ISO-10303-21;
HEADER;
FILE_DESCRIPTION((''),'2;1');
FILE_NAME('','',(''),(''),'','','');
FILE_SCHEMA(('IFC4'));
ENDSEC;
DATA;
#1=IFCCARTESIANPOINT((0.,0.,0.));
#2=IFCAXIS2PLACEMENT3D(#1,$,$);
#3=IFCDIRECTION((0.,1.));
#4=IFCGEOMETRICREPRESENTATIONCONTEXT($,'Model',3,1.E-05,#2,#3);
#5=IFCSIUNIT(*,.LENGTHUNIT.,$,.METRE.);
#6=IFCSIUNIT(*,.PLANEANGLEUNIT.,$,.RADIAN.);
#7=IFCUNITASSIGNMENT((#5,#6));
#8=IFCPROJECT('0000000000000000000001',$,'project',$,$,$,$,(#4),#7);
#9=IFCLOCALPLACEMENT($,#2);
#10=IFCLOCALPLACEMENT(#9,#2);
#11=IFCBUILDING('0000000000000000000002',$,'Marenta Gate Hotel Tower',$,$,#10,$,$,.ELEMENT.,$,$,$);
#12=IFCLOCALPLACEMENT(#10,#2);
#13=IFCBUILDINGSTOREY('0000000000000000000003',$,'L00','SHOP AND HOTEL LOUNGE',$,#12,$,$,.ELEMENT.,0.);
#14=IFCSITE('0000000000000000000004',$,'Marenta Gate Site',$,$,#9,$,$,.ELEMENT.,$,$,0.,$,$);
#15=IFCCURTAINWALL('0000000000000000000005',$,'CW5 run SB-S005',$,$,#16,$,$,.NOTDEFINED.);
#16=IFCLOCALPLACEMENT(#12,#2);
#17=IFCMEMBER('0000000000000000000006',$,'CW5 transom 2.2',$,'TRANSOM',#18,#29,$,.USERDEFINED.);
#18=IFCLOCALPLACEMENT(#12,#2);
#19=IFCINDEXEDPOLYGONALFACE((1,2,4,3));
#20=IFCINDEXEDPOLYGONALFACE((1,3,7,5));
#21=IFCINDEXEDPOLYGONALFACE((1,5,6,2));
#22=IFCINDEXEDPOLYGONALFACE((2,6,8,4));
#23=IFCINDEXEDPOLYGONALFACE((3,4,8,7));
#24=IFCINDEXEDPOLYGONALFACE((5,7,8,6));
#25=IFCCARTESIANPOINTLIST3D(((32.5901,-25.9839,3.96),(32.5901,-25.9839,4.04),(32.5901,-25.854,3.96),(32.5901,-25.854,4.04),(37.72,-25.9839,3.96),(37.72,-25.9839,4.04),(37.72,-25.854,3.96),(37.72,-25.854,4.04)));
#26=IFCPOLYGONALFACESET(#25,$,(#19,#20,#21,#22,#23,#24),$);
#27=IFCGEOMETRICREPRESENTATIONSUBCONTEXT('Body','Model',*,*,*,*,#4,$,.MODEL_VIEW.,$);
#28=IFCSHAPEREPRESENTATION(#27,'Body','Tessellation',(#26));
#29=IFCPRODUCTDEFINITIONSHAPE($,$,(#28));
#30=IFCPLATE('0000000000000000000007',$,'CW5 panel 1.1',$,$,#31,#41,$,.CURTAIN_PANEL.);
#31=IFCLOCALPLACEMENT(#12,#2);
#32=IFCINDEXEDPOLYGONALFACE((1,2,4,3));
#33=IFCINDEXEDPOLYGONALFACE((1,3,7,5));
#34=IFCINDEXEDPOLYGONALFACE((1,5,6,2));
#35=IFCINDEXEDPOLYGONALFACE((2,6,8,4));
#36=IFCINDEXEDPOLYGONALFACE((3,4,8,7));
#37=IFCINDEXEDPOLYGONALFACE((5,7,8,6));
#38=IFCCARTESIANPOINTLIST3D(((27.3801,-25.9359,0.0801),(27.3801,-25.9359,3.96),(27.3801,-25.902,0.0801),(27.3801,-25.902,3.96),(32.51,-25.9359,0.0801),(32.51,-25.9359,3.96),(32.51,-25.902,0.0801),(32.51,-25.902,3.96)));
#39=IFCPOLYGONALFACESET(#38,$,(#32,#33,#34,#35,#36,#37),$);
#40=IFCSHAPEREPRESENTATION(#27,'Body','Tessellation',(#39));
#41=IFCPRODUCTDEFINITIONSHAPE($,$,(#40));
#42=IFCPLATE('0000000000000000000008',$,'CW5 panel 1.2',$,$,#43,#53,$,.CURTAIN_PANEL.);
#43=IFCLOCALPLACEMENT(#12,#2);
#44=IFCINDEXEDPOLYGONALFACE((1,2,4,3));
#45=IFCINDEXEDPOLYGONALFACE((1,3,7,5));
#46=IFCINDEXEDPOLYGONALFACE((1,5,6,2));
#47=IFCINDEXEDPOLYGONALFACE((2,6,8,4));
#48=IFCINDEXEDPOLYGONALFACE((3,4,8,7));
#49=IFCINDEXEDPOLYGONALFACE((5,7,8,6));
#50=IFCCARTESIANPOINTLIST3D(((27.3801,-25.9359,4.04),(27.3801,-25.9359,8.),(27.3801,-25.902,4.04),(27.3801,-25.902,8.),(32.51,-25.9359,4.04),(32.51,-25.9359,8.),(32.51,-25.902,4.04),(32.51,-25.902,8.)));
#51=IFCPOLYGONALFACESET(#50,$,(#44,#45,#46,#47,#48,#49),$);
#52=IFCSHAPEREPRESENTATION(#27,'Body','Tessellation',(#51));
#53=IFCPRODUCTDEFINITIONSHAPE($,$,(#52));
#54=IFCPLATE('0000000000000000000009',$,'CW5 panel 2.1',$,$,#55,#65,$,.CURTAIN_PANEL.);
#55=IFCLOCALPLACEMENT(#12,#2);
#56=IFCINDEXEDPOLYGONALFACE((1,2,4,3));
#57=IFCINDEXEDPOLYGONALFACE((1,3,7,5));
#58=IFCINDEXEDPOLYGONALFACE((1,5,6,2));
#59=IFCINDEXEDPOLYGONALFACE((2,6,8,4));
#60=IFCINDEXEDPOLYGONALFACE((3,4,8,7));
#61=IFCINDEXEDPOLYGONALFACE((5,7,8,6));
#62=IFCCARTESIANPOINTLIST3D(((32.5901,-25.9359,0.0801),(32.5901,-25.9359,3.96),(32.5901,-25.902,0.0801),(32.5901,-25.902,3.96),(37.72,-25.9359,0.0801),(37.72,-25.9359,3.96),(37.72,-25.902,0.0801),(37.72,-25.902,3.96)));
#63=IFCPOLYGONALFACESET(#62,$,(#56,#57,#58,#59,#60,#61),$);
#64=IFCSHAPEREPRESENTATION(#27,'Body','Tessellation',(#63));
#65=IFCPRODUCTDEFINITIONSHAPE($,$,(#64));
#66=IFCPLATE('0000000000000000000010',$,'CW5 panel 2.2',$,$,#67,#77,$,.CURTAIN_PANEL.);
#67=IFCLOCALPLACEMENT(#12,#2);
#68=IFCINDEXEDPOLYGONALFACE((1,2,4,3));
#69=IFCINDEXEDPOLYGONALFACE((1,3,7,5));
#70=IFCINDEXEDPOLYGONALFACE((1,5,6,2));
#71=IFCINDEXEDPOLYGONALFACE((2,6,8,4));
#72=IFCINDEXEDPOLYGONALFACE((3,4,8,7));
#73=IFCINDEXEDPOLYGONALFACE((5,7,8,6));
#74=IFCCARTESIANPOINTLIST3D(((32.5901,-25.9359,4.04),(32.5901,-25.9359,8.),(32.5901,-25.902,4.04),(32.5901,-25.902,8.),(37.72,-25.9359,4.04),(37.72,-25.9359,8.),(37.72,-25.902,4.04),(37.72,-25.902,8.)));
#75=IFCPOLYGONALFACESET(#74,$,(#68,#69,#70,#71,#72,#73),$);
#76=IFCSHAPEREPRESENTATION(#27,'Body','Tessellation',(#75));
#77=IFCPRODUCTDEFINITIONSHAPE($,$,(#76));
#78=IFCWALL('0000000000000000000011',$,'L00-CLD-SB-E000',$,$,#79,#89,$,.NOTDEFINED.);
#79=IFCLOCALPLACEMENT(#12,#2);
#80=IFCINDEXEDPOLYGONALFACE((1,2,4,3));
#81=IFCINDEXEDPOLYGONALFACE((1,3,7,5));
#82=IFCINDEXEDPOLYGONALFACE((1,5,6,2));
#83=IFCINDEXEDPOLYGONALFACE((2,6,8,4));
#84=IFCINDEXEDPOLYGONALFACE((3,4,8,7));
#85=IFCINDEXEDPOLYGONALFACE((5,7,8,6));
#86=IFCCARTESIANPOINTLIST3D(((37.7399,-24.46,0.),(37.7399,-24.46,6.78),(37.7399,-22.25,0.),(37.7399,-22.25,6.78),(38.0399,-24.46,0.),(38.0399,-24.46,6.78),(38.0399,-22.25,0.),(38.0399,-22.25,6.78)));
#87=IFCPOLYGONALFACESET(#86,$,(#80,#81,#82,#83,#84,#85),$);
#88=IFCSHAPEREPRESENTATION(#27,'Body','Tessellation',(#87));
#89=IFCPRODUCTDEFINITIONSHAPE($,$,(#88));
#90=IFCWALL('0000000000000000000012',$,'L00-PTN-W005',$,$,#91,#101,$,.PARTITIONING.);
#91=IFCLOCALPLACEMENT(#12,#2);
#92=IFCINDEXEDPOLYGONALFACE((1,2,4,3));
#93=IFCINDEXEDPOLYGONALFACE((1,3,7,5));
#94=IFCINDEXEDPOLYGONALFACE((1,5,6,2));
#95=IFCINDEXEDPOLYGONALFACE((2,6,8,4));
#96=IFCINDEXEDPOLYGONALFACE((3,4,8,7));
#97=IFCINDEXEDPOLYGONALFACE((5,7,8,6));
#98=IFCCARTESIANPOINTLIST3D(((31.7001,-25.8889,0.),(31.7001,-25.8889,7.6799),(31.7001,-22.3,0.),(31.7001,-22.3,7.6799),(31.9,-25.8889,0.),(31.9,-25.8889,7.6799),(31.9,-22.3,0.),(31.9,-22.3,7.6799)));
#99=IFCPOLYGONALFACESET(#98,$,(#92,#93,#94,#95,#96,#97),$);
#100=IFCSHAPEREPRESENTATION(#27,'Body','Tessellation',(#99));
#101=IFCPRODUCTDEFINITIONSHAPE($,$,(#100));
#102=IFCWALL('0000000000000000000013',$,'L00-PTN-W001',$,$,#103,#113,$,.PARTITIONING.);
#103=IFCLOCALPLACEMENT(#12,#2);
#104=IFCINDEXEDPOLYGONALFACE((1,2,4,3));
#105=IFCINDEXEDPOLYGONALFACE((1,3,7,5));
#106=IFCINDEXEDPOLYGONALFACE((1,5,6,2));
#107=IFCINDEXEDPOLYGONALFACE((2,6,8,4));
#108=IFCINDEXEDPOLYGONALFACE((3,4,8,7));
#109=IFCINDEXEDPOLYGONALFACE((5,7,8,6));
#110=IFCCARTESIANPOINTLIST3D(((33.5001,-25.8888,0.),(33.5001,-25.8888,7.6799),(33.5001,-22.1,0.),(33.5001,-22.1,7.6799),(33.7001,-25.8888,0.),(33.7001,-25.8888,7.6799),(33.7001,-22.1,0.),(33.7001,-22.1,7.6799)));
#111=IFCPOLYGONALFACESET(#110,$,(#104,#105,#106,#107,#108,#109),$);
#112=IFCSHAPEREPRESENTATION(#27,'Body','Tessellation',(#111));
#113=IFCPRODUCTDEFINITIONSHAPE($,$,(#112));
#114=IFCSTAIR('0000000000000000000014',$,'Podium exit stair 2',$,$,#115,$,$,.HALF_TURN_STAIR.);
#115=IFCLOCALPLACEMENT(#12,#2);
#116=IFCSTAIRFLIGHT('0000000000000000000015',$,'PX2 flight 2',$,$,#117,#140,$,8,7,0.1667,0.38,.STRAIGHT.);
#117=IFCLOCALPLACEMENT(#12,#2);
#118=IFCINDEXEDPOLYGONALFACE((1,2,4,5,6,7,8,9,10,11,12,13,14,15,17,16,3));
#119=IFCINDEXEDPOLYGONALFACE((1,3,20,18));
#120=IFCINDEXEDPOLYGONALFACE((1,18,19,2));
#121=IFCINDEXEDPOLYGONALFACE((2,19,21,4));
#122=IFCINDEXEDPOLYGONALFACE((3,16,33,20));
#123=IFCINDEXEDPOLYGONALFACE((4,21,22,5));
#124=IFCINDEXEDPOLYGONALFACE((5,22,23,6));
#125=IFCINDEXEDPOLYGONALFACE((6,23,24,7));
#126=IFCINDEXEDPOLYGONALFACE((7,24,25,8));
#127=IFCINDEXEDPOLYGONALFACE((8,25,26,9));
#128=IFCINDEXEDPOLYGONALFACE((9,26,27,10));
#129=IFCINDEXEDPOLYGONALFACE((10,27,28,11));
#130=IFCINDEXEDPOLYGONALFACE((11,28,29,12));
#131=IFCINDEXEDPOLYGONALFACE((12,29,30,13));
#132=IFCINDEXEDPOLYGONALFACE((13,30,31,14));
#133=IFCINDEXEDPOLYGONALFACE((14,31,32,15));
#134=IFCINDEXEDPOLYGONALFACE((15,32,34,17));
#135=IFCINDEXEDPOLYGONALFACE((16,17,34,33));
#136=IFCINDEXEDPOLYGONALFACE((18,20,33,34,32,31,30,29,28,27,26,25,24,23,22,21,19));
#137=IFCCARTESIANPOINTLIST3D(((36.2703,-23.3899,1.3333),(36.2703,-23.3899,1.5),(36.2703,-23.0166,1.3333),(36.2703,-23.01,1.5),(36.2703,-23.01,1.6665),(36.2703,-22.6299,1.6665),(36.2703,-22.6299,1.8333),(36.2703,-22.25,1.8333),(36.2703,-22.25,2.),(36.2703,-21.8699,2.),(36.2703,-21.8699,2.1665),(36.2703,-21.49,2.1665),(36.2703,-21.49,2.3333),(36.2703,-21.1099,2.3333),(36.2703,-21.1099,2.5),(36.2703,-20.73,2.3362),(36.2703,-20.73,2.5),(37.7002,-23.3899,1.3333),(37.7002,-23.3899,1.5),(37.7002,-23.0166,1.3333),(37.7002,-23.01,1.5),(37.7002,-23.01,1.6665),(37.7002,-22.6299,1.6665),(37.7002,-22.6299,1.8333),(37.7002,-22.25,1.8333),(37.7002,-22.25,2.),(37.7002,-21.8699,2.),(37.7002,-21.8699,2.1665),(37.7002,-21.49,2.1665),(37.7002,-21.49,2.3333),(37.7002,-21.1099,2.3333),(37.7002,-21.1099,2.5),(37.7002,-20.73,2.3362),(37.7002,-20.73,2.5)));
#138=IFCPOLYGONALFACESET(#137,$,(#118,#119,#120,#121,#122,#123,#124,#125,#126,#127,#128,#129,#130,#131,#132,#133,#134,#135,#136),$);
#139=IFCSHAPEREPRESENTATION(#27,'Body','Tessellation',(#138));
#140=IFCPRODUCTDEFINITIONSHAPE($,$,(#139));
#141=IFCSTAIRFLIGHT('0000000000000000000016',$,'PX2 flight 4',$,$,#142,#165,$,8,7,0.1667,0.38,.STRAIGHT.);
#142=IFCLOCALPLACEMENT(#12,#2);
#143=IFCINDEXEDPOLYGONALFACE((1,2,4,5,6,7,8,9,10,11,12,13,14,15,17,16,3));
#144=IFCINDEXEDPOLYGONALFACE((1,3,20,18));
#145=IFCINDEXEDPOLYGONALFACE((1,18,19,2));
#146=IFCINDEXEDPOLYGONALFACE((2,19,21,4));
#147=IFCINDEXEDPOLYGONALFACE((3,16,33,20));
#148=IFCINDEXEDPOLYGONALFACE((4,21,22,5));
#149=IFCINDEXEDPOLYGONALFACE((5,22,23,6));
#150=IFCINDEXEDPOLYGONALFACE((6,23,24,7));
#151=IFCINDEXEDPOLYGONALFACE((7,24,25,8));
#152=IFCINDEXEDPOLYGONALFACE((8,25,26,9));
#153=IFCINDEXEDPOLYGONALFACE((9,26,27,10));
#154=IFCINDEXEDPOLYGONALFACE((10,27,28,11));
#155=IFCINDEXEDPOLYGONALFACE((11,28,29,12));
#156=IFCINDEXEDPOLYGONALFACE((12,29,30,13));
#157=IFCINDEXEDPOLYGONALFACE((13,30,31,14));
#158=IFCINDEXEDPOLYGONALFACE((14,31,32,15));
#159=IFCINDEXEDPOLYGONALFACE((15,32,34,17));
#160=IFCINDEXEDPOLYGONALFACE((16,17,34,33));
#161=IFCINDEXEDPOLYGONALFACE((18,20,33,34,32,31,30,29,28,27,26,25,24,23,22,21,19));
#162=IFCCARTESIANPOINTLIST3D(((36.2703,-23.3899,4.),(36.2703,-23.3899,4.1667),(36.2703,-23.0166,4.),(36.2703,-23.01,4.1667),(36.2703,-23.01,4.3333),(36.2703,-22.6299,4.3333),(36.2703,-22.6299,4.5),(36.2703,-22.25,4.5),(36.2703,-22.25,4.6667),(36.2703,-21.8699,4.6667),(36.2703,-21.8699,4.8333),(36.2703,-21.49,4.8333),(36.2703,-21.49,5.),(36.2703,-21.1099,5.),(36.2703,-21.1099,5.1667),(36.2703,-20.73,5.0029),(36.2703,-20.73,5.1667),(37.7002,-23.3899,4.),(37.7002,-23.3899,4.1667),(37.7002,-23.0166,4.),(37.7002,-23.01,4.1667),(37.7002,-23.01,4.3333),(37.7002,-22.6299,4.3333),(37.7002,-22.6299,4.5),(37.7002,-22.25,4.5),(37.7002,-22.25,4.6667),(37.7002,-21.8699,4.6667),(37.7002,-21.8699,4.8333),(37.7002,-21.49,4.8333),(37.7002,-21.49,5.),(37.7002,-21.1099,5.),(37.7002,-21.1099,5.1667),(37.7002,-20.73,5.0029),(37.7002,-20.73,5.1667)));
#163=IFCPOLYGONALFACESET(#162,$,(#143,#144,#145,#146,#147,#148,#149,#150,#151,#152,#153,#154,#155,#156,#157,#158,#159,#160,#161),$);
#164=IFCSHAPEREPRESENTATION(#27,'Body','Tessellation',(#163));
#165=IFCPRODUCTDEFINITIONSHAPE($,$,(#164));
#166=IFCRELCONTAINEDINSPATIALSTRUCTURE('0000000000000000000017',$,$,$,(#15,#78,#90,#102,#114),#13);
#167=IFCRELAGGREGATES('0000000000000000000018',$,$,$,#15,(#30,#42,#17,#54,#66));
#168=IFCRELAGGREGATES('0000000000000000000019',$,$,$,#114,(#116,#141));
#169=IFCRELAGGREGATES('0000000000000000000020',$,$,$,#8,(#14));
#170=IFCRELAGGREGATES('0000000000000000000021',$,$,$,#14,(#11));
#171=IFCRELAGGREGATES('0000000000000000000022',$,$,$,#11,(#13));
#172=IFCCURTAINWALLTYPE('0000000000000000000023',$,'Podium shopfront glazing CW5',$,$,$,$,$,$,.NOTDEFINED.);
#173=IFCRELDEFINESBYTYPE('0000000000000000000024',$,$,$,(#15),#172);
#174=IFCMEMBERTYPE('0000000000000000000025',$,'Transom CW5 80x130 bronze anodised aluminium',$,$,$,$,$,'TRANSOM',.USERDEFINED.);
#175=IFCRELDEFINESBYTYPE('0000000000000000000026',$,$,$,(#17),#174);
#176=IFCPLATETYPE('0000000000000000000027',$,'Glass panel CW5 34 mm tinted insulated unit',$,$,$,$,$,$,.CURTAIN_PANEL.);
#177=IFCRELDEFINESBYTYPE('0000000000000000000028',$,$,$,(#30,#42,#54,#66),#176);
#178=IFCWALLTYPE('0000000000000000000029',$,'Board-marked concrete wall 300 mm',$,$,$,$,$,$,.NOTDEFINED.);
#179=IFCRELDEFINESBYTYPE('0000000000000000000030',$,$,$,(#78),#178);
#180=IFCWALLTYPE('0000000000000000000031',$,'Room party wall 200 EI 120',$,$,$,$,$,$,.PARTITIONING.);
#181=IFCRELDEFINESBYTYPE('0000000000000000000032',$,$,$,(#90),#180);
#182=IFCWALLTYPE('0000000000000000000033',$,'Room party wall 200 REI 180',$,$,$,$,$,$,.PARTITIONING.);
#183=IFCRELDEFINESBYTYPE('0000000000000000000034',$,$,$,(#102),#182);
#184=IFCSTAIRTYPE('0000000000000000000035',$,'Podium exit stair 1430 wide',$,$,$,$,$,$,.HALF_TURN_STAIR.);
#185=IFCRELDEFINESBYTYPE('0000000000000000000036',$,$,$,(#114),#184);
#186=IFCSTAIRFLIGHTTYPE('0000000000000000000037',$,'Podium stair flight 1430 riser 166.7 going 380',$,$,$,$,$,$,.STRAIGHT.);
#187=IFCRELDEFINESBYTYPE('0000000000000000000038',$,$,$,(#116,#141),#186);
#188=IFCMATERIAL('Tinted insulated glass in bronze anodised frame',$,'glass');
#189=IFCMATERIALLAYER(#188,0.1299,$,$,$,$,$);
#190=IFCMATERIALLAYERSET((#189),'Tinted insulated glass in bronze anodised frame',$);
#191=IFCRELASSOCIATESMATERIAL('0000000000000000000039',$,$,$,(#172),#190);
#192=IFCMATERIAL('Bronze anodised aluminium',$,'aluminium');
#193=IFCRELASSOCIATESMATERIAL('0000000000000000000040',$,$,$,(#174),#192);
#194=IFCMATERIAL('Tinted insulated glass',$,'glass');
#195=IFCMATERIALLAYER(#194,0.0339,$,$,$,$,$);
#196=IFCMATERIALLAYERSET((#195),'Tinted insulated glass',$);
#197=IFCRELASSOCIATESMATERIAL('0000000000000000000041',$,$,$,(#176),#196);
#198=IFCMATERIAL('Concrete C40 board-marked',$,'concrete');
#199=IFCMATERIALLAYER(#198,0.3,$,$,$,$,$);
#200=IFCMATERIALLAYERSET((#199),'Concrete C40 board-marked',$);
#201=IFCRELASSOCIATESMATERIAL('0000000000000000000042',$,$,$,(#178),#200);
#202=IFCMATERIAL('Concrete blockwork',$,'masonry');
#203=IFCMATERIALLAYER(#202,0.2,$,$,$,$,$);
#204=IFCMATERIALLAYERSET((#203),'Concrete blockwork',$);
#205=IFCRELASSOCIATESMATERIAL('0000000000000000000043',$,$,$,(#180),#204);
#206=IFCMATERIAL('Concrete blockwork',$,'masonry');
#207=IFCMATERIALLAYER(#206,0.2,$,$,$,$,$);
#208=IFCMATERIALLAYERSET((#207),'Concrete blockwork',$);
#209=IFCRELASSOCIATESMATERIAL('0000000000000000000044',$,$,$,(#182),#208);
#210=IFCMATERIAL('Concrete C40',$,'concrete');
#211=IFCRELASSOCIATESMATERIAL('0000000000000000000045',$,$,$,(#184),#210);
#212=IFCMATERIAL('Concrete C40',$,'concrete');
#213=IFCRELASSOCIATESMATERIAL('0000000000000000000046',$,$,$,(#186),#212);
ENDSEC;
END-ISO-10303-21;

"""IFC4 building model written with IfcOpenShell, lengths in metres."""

from ifc_helpers import new_model, si_unit, direction, frame, frame_2d, origin, origin_2d, place, context, subcontext, project, spatial, polyline, rectangle, outline, extrude, material, layer, layer_set, material_profile, profile_set, type_object, element, aggregate, save


model = new_model("IFC4")

# Units and contexts
model_context = context("Model", 3, precision=1e-05, world=origin(), true_north=direction((0.0, 1.0)))
body_context = subcontext(model_context, "Body", "Model", "MODEL_VIEW")
ifc_project = project(units=[si_unit("LENGTHUNIT", "METRE"), si_unit("PLANEANGLEUNIT", "RADIAN")], contexts=[model_context])

# Site, building, storey
site_placement = place(None, origin())
site = spatial("IfcSite", under=ifc_project, at=site_placement, Name="Marenta Gate Site", CompositionType="ELEMENT", RefElevation=0.0)
building_placement = place(site_placement, origin())
building = spatial("IfcBuilding", under=site, at=building_placement, Name="Marenta Gate Hotel Tower", CompositionType="ELEMENT")
storey_placement = place(building_placement, origin())
storey = spatial("IfcBuildingStorey", under=building, at=storey_placement, Name="L00", Description="SHOP AND HOTEL LOUNGE", CompositionType="ELEMENT", Elevation=0.0)

# Curtain wall
ifc_material_1 = material(Name="Tinted insulated glass in bronze anodised frame", Category="glass")
ifc_layer_1 = layer(ifc_material_1, 0.1299)
ifc_layer_set_1 = layer_set([ifc_layer_1], Name="Tinted insulated glass in bronze anodised frame")
curtain_wall_type = type_object("IfcCurtainWallType", Name="Podium shopfront glazing CW5", PredefinedType="NOTDEFINED", material=ifc_layer_set_1)
curtain_wall_placement = place(storey_placement, origin())
curtain_wall = element("IfcCurtainWall", 1, at=curtain_wall_placement, inside=storey, type_object=curtain_wall_type, Name="CW5 run SB-S005", PredefinedType="NOTDEFINED")

# Member
ifc_material_2 = material(Name="Bronze anodised aluminium", Category="aluminium")
ifc_material_profile_1 = material_profile(ifc_material_2, rectangle(XDim=0.1299, YDim=0.0801, at=origin_2d()), Name="Transom CW5 80x130 bronze anodised aluminium")
ifc_profile_set_1 = profile_set([ifc_material_profile_1], Name="Bronze anodised aluminium")
member_type_1 = type_object("IfcMemberType", Name="Transom CW5 80x130 bronze anodised aluminium", ElementType="TRANSOM", PredefinedType="USERDEFINED", material=ifc_profile_set_1)
member_1_placement = place(storey_placement, frame((32.5901, -25.9189, 4.0), z_axis=(1.0, 0.0, 0.0), x_axis=(0.0, 1.0, 0.0)))
member_1 = element("IfcMember", 2, at=member_1_placement, type_object=member_type_1, Name="CW5 transom 2.2", ObjectType="TRANSOM", PredefinedType="USERDEFINED", context=body_context, shape_type="SweptSolid", body=[
    extrude(rectangle(XDim=0.1299, YDim=0.0801, at=origin_2d()), origin(), (0.0, 0.0, 1.0), 5.1299),
])

# Plates
ifc_material_3 = material(Name="Tinted insulated glass", Category="glass")
ifc_layer_2 = layer(ifc_material_3, 0.0339)
ifc_layer_set_2 = layer_set([ifc_layer_2], Name="Tinted insulated glass")
plate_type = type_object("IfcPlateType", Name="Glass panel CW5 34 mm tinted insulated unit", PredefinedType="CURTAIN_PANEL", material=ifc_layer_set_2)
plate_1_placement = place(storey_placement, frame((29.9451, -25.9189, 0.0801), z_axis=(0.0, 0.0, 1.0), x_axis=(1.0, 0.0, 0.0)))
plate_1 = element("IfcPlate", 3, at=plate_1_placement, type_object=plate_type, Name="CW5 panel 1.1", PredefinedType="CURTAIN_PANEL", context=body_context, shape_type="SweptSolid", body=[
    extrude(rectangle(XDim=5.1299, YDim=0.0339, at=origin_2d()), origin(), (0.0, 0.0, 1.0), 3.8799),
])
plate_2_placement = place(storey_placement, frame((29.9451, -25.9189, 4.04), z_axis=(0.0, 0.0, 1.0), x_axis=(1.0, 0.0, 0.0)))
plate_2 = element("IfcPlate", 4, at=plate_2_placement, type_object=plate_type, Name="CW5 panel 1.2", PredefinedType="CURTAIN_PANEL", context=body_context, shape_type="SweptSolid", body=[
    extrude(rectangle(XDim=5.1299, YDim=0.0339, at=origin_2d()), origin(), (0.0, 0.0, 1.0), 3.96),
])
plate_3_placement = place(storey_placement, frame((35.155, -25.9189, 0.0801), z_axis=(0.0, 0.0, 1.0), x_axis=(1.0, 0.0, 0.0)))
plate_3 = element("IfcPlate", 5, at=plate_3_placement, type_object=plate_type, Name="CW5 panel 2.1", PredefinedType="CURTAIN_PANEL", context=body_context, shape_type="SweptSolid", body=[
    extrude(rectangle(XDim=5.1299, YDim=0.0339, at=origin_2d()), origin(), (0.0, 0.0, 1.0), 3.8799),
])
plate_4_placement = place(storey_placement, frame((35.155, -25.9189, 4.04), z_axis=(0.0, 0.0, 1.0), x_axis=(1.0, 0.0, 0.0)))
plate_4 = element("IfcPlate", 6, at=plate_4_placement, type_object=plate_type, Name="CW5 panel 2.2", PredefinedType="CURTAIN_PANEL", context=body_context, shape_type="SweptSolid", body=[
    extrude(rectangle(XDim=5.1299, YDim=0.0339, at=origin_2d()), origin(), (0.0, 0.0, 1.0), 3.96),
])
aggregate(curtain_wall, [plate_1, plate_2, member_1, plate_3, plate_4])

# Wall
ifc_material_4 = material(Name="Concrete C40 board-marked", Category="concrete")
ifc_layer_3 = layer(ifc_material_4, 0.3)
ifc_layer_set_3 = layer_set([ifc_layer_3], Name="Concrete C40 board-marked")
wall_type_1 = type_object("IfcWallType", Name="Board-marked concrete wall 300 mm", PredefinedType="NOTDEFINED", material=ifc_layer_set_3)
wall_1_placement = place(storey_placement, frame((37.8899, -24.46, 0.0), z_axis=(0.0, 0.0, 1.0), x_axis=(0.0, 1.0, 0.0)))
element("IfcWall", 7, at=wall_1_placement, inside=storey, type_object=wall_type_1, Name="L00-CLD-SB-E000", PredefinedType="NOTDEFINED", context=body_context, shape_type="SweptSolid", body=[
    extrude(rectangle(XDim=2.21, YDim=0.3, at=frame_2d((1.105, 0.0))), origin(), (0.0, 0.0, 1.0), 6.78),
])

# Walls
ifc_material_5 = material(Name="Concrete blockwork", Category="masonry")
ifc_layer_4 = layer(ifc_material_5, 0.2)
ifc_layer_set_4 = layer_set([ifc_layer_4], Name="Concrete blockwork")
wall_type_2 = type_object("IfcWallType", Name="Room party wall 200 EI 120", PredefinedType="PARTITIONING", material=ifc_layer_set_4)
wall_2_placement = place(storey_placement, frame((31.8, -25.8889, 0.0), z_axis=(0.0, 0.0, 1.0), x_axis=(0.0, 1.0, 0.0)))
element("IfcWall", 8, at=wall_2_placement, inside=storey, type_object=wall_type_2, Name="L00-PTN-W005", PredefinedType="PARTITIONING", context=body_context, shape_type="SweptSolid", body=[
    extrude(rectangle(XDim=3.5889, YDim=0.2, at=frame_2d((1.7944, 0.0))), origin(), (0.0, 0.0, 1.0), 7.6799),
])
ifc_material_6 = material(Name="Concrete blockwork", Category="masonry")
ifc_layer_5 = layer(ifc_material_6, 0.2)
ifc_layer_set_5 = layer_set([ifc_layer_5], Name="Concrete blockwork")
wall_type_3 = type_object("IfcWallType", Name="Room party wall 200 REI 180", PredefinedType="PARTITIONING", material=ifc_layer_set_5)
wall_3_placement = place(storey_placement, frame((33.6001, -25.8889, 0.0), z_axis=(0.0, 0.0, 1.0), x_axis=(0.0, 1.0, 0.0)))
element("IfcWall", 9, at=wall_3_placement, inside=storey, type_object=wall_type_3, Name="L00-PTN-W001", PredefinedType="PARTITIONING", context=body_context, shape_type="SweptSolid", body=[
    extrude(rectangle(XDim=3.7888, YDim=0.2, at=frame_2d((1.8945, 0.0))), origin(), (0.0, 0.0, 1.0), 7.6799),
])

# Stair, stair flights
ifc_material_7 = material(Name="Concrete C40", Category="concrete")
stair_type = type_object("IfcStairType", Name="Podium exit stair 1430 wide", PredefinedType="HALF_TURN_STAIR", material=ifc_material_7)
stair_placement = place(storey_placement, origin())
stair = element("IfcStair", 10, at=stair_placement, inside=storey, type_object=stair_type, Name="Podium exit stair 2", PredefinedType="HALF_TURN_STAIR")
ifc_material_8 = material(Name="Concrete C40", Category="concrete")
stair_flight_type = type_object("IfcStairFlightType", Name="Podium stair flight 1430 riser 166.7 going 380", PredefinedType="STRAIGHT", material=ifc_material_8)
stair_flight_1_placement = place(storey_placement, frame((36.9851, -23.3899, 1.3333), z_axis=(0.0, 0.0, 1.0), x_axis=(0.0, 1.0, 0.0)))
stair_flight_1 = element("IfcStairFlight", 11, at=stair_flight_1_placement, type_object=stair_flight_type, Name="PX2 flight 2", NumberOfRisers=8, NumberOfTreads=7, PredefinedType="STRAIGHT", RiserHeight=0.1667, TreadLength=0.38, context=body_context, shape_type="SweptSolid", body=[
    extrude(outline(polyline([(0.0, 0.0), (0.0, 0.1667), (0.3799, 0.1667), (0.3799, 0.3333), (0.76, 0.3333), (0.76, 0.5), (1.1399, 0.5), (1.1399, 0.6667), (1.52, 0.6667), (1.52, 0.8333), (1.8999, 0.8333), (1.8999, 1.0), (2.28, 1.0), (2.28, 1.1667), (2.6599, 1.1667), (2.6599, 1.3333), (2.6599, 1.0029), (0.3733, 0.0), (0.0, 0.0)])), frame((0.0, 0.7148, 0.0), z_axis=(0.0, -1.0, 0.0), x_axis=(1.0, 0.0, 0.0)), (0.0, 0.0, 1.0), 1.4299),
])
stair_flight_2_placement = place(storey_placement, frame((36.9851, -23.3899, 4.0), z_axis=(0.0, 0.0, 1.0), x_axis=(0.0, 1.0, 0.0)))
stair_flight_2 = element("IfcStairFlight", 12, at=stair_flight_2_placement, type_object=stair_flight_type, Name="PX2 flight 4", NumberOfRisers=8, NumberOfTreads=7, PredefinedType="STRAIGHT", RiserHeight=0.1667, TreadLength=0.38, context=body_context, shape_type="SweptSolid", body=[
    extrude(outline(polyline([(0.0, 0.0), (0.0, 0.1667), (0.3799, 0.1667), (0.3799, 0.3333), (0.76, 0.3333), (0.76, 0.5), (1.1399, 0.5), (1.1399, 0.6667), (1.52, 0.6667), (1.52, 0.8333), (1.8999, 0.8333), (1.8999, 1.0), (2.28, 1.0), (2.28, 1.1667), (2.6599, 1.1667), (2.6599, 1.3333), (2.6599, 1.0029), (0.3733, 0.0), (0.0, 0.0)])), frame((0.0, 0.7148, 0.0), z_axis=(0.0, -1.0, 0.0), x_axis=(1.0, 0.0, 0.0)), (0.0, 0.0, 1.0), 1.4299),
])
aggregate(stair, [stair_flight_1, stair_flight_2])

save(model, "model.ifc")
